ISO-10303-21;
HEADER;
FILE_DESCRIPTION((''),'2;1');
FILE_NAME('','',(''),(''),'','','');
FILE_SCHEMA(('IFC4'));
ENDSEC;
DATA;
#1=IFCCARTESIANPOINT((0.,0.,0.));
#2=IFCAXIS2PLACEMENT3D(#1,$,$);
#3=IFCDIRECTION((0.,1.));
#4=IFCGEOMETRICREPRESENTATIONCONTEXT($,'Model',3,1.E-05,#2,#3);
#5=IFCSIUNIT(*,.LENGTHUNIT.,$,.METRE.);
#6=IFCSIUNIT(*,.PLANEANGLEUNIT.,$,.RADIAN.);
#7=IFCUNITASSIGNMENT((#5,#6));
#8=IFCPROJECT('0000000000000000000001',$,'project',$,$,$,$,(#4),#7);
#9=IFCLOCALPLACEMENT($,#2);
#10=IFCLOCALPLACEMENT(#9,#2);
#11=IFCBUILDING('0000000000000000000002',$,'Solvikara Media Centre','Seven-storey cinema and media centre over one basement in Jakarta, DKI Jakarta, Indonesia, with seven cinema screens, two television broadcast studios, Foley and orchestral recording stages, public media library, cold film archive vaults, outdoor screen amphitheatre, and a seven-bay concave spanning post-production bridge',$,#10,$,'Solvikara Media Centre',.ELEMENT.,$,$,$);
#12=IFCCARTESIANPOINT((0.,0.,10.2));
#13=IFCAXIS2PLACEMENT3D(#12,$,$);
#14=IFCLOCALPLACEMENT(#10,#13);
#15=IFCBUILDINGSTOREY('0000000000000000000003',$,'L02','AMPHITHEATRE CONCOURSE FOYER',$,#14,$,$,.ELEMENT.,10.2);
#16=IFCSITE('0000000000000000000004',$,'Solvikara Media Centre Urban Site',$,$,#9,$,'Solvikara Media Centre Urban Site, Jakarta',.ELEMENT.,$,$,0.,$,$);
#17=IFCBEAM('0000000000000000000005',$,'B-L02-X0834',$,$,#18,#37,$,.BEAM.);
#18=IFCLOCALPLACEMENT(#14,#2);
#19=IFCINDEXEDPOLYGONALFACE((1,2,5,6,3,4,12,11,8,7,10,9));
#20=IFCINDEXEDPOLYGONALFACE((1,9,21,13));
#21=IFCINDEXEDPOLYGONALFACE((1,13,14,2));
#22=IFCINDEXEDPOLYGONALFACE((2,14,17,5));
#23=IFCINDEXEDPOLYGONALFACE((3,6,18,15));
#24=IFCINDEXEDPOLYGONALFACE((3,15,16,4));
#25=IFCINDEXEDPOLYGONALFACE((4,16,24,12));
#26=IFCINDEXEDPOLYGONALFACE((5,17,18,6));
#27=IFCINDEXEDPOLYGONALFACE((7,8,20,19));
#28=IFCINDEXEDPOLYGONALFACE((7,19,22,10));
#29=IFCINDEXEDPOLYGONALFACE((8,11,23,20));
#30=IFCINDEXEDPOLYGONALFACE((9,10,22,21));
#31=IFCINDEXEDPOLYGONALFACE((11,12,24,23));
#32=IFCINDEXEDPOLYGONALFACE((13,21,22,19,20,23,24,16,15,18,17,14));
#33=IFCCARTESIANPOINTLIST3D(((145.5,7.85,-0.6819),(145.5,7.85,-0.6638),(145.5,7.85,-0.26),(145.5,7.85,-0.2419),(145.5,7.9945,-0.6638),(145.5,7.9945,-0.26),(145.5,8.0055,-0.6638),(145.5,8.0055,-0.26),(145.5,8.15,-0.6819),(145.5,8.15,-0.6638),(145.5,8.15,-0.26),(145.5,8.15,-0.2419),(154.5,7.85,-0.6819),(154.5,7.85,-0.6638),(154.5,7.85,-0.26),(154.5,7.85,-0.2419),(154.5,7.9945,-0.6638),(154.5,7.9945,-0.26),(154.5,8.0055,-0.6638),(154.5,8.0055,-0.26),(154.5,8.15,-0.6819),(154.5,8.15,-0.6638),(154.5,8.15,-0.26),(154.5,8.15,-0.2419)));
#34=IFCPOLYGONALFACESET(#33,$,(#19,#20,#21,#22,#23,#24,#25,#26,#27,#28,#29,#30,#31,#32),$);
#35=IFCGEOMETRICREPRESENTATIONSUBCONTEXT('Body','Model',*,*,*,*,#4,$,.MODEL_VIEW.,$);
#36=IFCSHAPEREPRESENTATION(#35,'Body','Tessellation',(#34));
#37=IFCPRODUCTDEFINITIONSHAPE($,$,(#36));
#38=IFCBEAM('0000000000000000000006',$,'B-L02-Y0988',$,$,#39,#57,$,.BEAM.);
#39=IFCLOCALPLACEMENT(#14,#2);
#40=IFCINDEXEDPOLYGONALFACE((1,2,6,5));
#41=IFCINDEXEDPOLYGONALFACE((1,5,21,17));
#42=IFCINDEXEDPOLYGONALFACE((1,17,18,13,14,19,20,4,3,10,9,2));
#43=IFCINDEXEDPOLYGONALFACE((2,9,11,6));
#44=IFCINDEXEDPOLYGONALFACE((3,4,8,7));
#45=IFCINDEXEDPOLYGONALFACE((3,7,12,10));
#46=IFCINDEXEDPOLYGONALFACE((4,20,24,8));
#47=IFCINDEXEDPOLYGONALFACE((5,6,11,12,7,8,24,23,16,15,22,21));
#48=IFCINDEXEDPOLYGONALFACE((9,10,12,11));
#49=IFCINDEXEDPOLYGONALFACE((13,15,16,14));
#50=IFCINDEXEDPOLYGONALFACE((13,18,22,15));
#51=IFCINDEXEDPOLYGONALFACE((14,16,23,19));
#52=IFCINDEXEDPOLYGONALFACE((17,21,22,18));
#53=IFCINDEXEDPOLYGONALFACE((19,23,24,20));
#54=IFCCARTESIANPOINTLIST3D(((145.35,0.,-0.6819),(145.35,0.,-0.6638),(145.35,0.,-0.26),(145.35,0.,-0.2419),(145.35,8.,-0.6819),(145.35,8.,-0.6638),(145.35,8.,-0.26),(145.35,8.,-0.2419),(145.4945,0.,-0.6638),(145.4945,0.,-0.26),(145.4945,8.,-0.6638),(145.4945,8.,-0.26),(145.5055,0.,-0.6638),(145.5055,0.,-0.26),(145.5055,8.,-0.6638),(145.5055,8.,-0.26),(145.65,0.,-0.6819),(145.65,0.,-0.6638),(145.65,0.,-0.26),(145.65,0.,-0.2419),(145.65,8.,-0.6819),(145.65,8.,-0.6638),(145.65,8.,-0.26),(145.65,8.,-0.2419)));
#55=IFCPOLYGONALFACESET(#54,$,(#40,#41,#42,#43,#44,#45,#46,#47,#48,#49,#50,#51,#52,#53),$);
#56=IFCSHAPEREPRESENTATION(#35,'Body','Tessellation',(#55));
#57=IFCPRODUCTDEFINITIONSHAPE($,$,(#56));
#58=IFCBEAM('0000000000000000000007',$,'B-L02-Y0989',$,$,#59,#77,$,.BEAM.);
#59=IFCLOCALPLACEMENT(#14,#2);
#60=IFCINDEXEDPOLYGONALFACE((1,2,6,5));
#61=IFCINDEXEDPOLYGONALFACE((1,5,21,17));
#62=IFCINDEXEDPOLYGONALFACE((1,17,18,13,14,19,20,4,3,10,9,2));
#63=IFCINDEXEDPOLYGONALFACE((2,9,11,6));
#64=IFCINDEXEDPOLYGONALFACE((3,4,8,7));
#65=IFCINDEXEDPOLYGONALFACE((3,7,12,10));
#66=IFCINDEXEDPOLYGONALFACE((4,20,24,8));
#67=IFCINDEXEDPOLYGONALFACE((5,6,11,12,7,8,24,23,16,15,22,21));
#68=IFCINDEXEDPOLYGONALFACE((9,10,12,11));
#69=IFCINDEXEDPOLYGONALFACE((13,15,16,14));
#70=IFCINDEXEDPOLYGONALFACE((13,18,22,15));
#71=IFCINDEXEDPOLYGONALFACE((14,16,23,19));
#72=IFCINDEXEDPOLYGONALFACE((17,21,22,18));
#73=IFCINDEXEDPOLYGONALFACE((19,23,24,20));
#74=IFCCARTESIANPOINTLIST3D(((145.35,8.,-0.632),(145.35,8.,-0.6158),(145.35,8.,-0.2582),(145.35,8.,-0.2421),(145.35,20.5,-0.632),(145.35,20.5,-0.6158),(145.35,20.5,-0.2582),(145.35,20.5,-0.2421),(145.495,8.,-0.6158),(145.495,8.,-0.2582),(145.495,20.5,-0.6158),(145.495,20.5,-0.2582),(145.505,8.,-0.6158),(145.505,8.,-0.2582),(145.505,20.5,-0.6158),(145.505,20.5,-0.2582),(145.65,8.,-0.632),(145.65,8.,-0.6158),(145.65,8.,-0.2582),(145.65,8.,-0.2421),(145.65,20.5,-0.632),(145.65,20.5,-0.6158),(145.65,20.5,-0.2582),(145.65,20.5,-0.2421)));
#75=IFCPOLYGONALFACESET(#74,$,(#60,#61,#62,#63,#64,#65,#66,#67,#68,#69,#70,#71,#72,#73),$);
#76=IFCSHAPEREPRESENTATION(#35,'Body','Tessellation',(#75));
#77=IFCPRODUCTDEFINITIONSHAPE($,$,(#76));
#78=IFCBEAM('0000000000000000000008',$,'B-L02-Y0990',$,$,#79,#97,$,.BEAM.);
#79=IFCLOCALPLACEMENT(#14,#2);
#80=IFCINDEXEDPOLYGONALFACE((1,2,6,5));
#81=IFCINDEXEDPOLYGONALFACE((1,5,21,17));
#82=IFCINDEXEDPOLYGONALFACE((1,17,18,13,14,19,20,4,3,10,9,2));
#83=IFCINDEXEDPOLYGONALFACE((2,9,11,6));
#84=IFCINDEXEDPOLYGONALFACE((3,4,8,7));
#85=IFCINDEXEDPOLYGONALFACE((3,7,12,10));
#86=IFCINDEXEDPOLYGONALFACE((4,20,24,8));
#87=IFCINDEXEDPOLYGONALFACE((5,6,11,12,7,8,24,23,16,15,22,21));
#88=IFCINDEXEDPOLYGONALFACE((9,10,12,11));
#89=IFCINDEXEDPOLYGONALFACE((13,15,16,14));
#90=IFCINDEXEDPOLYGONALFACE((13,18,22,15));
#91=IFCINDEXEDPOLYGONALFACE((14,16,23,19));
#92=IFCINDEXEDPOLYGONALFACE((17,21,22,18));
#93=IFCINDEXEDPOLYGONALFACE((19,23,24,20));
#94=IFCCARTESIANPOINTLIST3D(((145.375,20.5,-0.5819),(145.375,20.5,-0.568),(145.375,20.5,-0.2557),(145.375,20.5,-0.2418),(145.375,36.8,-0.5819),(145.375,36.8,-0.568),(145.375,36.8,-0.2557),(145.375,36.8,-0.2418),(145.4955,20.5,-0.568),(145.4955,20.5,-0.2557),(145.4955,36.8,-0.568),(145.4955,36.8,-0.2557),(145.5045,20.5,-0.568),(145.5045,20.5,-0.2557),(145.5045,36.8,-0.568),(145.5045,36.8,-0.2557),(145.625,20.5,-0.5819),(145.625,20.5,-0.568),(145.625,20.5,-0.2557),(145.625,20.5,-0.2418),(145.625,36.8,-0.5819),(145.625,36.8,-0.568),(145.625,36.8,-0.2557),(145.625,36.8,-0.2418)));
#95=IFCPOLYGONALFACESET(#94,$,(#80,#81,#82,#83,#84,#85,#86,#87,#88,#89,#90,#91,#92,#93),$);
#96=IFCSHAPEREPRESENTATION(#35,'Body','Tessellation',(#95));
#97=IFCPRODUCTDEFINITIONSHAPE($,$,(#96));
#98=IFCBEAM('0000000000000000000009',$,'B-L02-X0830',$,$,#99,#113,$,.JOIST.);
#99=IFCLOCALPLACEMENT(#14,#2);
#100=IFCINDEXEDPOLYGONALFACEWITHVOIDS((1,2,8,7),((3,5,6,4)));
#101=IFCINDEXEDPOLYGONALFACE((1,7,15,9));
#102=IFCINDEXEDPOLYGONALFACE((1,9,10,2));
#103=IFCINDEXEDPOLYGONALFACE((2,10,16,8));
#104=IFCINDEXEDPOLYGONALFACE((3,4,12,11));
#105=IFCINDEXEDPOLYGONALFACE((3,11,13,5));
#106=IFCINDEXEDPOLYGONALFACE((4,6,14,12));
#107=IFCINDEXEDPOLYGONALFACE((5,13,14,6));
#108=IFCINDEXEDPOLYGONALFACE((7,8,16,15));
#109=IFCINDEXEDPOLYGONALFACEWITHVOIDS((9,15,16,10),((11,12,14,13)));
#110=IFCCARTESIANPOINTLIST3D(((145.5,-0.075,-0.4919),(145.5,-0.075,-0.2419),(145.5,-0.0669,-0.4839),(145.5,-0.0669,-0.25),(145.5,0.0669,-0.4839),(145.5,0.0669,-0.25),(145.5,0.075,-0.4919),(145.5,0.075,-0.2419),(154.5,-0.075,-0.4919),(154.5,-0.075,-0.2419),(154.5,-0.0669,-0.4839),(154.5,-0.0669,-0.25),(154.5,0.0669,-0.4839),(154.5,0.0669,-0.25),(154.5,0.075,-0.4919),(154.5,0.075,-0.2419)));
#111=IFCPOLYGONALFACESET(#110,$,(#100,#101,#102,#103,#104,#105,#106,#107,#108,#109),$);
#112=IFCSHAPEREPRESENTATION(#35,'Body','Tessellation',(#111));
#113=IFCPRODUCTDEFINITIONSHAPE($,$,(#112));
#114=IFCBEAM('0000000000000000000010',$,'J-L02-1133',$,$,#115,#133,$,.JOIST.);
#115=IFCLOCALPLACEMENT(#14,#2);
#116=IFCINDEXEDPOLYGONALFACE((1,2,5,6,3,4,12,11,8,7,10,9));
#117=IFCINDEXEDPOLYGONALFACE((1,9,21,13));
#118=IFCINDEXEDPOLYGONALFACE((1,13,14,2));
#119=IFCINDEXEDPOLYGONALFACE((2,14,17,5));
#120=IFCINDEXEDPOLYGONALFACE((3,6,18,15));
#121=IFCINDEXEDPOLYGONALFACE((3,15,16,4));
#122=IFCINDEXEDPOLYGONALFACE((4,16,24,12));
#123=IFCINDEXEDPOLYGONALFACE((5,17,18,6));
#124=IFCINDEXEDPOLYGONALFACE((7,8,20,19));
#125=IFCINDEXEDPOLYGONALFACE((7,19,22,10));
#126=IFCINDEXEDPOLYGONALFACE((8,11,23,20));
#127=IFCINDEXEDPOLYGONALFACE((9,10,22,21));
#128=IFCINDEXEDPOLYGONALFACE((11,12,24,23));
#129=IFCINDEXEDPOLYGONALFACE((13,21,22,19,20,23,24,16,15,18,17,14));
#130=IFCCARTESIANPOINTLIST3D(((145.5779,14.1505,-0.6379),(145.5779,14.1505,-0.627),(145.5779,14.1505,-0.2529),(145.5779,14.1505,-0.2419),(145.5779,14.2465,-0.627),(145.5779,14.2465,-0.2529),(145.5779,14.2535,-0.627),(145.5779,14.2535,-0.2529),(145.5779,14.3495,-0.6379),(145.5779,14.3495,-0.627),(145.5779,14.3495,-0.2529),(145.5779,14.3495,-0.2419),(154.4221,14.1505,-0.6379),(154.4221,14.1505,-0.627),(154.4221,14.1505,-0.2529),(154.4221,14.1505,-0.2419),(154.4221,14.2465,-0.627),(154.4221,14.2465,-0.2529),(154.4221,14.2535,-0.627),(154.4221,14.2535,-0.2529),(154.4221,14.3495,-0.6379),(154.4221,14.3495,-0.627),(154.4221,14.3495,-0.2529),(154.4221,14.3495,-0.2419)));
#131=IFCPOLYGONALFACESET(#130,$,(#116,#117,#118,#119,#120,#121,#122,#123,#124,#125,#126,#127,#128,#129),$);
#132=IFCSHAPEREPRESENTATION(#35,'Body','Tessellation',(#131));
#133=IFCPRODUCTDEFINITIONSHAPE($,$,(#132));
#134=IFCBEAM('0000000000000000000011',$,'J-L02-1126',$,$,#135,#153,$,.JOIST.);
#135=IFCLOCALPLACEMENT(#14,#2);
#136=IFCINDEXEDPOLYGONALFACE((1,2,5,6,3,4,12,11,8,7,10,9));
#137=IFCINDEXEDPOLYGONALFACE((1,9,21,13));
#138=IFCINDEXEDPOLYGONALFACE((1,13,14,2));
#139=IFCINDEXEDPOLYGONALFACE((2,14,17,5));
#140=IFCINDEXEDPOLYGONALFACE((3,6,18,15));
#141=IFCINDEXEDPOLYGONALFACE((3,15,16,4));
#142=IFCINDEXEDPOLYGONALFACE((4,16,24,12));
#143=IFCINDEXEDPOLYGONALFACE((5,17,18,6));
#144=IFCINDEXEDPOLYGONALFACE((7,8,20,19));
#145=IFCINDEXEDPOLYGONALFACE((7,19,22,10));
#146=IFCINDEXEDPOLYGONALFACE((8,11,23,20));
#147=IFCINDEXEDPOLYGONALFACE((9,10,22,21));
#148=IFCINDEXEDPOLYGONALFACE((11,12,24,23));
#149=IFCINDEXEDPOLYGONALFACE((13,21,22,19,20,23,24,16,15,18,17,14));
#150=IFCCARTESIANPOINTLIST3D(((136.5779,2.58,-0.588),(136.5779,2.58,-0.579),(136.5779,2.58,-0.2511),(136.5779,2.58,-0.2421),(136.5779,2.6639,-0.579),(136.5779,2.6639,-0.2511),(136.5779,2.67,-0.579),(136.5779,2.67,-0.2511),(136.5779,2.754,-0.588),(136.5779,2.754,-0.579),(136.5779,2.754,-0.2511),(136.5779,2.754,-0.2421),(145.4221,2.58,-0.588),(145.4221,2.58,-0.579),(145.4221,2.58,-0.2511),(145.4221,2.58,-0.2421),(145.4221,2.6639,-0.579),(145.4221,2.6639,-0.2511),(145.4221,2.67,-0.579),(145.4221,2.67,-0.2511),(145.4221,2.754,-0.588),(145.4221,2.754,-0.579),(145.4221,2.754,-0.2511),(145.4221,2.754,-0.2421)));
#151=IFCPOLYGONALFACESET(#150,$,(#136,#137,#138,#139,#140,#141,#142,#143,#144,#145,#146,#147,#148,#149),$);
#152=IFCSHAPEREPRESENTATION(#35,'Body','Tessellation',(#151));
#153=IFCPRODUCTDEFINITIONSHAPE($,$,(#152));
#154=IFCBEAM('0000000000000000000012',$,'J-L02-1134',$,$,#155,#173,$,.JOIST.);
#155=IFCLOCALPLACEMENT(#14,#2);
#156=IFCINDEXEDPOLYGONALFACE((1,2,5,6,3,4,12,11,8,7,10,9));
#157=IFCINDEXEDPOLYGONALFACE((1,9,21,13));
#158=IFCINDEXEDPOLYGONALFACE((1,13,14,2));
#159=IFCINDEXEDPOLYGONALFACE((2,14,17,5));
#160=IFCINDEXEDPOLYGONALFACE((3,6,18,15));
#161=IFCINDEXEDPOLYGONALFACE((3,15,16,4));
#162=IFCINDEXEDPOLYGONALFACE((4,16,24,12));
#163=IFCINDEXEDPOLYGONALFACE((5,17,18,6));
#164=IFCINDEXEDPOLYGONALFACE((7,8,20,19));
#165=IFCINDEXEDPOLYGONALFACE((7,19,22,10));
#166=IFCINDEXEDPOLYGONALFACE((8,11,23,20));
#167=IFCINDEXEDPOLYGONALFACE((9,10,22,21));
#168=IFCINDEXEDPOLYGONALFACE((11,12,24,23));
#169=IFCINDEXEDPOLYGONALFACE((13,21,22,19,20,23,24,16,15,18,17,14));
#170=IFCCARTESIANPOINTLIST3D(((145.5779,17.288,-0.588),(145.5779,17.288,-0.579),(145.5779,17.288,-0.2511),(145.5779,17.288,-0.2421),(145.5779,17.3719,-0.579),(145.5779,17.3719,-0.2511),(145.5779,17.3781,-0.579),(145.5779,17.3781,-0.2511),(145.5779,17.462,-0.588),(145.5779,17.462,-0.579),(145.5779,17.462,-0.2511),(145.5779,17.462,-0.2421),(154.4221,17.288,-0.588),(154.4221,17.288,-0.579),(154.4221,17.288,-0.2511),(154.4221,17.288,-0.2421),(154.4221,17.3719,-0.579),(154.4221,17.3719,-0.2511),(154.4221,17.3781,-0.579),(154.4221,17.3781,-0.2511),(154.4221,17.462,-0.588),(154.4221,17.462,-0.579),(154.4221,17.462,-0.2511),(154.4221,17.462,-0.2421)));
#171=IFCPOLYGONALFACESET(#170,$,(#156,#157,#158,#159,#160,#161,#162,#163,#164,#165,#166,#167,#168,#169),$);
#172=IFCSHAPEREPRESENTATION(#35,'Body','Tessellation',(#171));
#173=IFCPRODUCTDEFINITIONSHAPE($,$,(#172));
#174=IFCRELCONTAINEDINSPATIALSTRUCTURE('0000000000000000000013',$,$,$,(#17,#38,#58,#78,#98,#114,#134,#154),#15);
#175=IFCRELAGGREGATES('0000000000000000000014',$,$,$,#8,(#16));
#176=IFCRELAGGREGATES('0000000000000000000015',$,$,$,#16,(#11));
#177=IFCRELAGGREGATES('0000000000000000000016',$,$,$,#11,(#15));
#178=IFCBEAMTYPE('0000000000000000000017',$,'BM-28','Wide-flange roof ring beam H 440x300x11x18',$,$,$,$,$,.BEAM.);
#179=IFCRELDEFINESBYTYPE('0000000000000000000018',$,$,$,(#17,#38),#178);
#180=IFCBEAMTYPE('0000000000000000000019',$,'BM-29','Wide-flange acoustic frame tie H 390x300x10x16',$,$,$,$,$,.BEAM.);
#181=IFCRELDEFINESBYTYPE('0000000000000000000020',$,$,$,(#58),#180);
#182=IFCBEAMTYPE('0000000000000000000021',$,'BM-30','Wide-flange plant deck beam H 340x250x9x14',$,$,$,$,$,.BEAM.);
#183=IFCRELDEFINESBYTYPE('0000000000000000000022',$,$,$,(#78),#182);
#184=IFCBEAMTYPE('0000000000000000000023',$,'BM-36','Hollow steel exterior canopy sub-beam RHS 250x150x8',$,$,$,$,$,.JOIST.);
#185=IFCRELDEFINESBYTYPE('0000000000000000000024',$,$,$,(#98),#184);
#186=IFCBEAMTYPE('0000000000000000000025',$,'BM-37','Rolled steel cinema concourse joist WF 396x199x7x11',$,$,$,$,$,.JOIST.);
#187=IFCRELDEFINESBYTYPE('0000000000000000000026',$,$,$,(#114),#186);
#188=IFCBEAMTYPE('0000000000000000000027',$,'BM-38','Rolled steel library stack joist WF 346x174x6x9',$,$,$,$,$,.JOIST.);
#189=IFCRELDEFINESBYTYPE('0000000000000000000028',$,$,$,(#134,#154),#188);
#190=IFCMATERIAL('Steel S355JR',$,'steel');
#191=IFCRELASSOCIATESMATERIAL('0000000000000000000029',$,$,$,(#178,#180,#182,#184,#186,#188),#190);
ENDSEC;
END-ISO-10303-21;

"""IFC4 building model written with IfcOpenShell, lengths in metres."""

from ifc_helpers import new_model, si_unit, direction, frame, origin, origin_2d, place, context, subcontext, project, spatial, hollow_rectangle, i_section, extrude, material, material_profile, profile_set, type_object, element, save


model = new_model("IFC4")

# Units and contexts
model_context = context("Model", 3, precision=1e-05, world=origin(), true_north=direction((0.0, 1.0)))
body_context = subcontext(model_context, "Body", "Model", "MODEL_VIEW")
ifc_project = project(units=[si_unit("LENGTHUNIT", "METRE"), si_unit("PLANEANGLEUNIT", "RADIAN")], contexts=[model_context])

# Site, building, storey
site_placement = place(None, origin())
site = spatial("IfcSite", under=ifc_project, at=site_placement, Name="Solvikara Media Centre Urban Site", LongName="Solvikara Media Centre Urban Site, Jakarta", CompositionType="ELEMENT", RefElevation=0.0)
building_placement = place(site_placement, origin())
building = spatial("IfcBuilding", under=site, at=building_placement, Name="Solvikara Media Centre", Description="Seven-storey cinema and media centre over one basement in Jakarta, DKI Jakarta, Indonesia, with seven cinema screens, two television broadcast studios, Foley and orchestral recording stages, public media library, cold film archive vaults, outdoor screen amphitheatre, and a seven-bay concave spanning post-production bridge", LongName="Solvikara Media Centre", CompositionType="ELEMENT")
storey_placement = place(building_placement, frame((0.0, 0.0, 10.2)))
storey = spatial("IfcBuildingStorey", under=building, at=storey_placement, Name="L02", Description="AMPHITHEATRE CONCOURSE FOYER", CompositionType="ELEMENT", Elevation=10.2)

# Shared definitions
ifc_material_1 = material(Name="Steel S355JR", Category="steel")

# Beams
ifc_material_profile_1 = material_profile(ifc_material_1, i_section(OverallWidth=0.3, OverallDepth=0.4399, WebThickness=0.011, FlangeThickness=0.0181, at=origin_2d()), Name="H 440x300x11x18")
ifc_profile_set_1 = profile_set([ifc_material_profile_1], Name="Steel S355JR")
beam_type_1 = type_object("IfcBeamType", Name="BM-28", Description="Wide-flange roof ring beam H 440x300x11x18", PredefinedType="BEAM", material=ifc_profile_set_1)
beam_1_placement = place(storey_placement, frame((145.5, 8.0, -0.4619), z_axis=(1.0, 0.0, 0.0), x_axis=(0.0, 1.0, 0.0)))
element("IfcBeam", 1, at=beam_1_placement, inside=storey, type_object=beam_type_1, Name="B-L02-X0834", PredefinedType="BEAM", context=body_context, shape_type="SweptSolid", body=[
    extrude(i_section(OverallWidth=0.3, OverallDepth=0.4399, WebThickness=0.011, FlangeThickness=0.0181, at=origin_2d()), origin(), (0.0, 0.0, 1.0), 9.0),
])
beam_2_placement = place(storey_placement, frame((145.5, 0.0, -0.4619), z_axis=(0.0, 1.0, 0.0), x_axis=(-1.0, 0.0, 0.0)))
element("IfcBeam", 2, at=beam_2_placement, inside=storey, type_object=beam_type_1, Name="B-L02-Y0988", PredefinedType="BEAM", context=body_context, shape_type="SweptSolid", body=[
    extrude(i_section(OverallWidth=0.3, OverallDepth=0.4399, WebThickness=0.011, FlangeThickness=0.0181, at=origin_2d()), origin(), (0.0, 0.0, 1.0), 8.0),
])
ifc_material_profile_2 = material_profile(ifc_material_1, i_section(OverallWidth=0.3, OverallDepth=0.3899, WebThickness=0.01, FlangeThickness=0.0161, at=origin_2d()), Name="H 390x300x10x16")
ifc_profile_set_2 = profile_set([ifc_material_profile_2], Name="Steel S355JR")
beam_type_2 = type_object("IfcBeamType", Name="BM-29", Description="Wide-flange acoustic frame tie H 390x300x10x16", PredefinedType="BEAM", material=ifc_profile_set_2)
beam_3_placement = place(storey_placement, frame((145.5, 8.0, -0.437), z_axis=(0.0, 1.0, 0.0), x_axis=(-1.0, 0.0, 0.0)))
element("IfcBeam", 3, at=beam_3_placement, inside=storey, type_object=beam_type_2, Name="B-L02-Y0989", PredefinedType="BEAM", context=body_context, shape_type="SweptSolid", body=[
    extrude(i_section(OverallWidth=0.3, OverallDepth=0.3899, WebThickness=0.01, FlangeThickness=0.0161, at=origin_2d()), origin(), (0.0, 0.0, 1.0), 12.5),
])
ifc_material_profile_3 = material_profile(ifc_material_1, i_section(OverallWidth=0.25, OverallDepth=0.3401, WebThickness=0.009, FlangeThickness=0.0139, at=origin_2d()), Name="H 340x250x9x14")
ifc_profile_set_3 = profile_set([ifc_material_profile_3], Name="Steel S355JR")
beam_type_3 = type_object("IfcBeamType", Name="BM-30", Description="Wide-flange plant deck beam H 340x250x9x14", PredefinedType="BEAM", material=ifc_profile_set_3)
beam_4_placement = place(storey_placement, frame((145.5, 20.5, -0.4119), z_axis=(0.0, 1.0, 0.0), x_axis=(-1.0, 0.0, 0.0)))
element("IfcBeam", 4, at=beam_4_placement, inside=storey, type_object=beam_type_3, Name="B-L02-Y0990", PredefinedType="BEAM", context=body_context, shape_type="SweptSolid", body=[
    extrude(i_section(OverallWidth=0.25, OverallDepth=0.3401, WebThickness=0.009, FlangeThickness=0.0139, at=origin_2d()), origin(), (0.0, 0.0, 1.0), 16.3),
])
ifc_material_profile_4 = material_profile(ifc_material_1, hollow_rectangle(XDim=0.1499, YDim=0.25, WallThickness=0.0081, at=origin_2d()), Name="RHS 250x150x8")
ifc_profile_set_4 = profile_set([ifc_material_profile_4], Name="Steel S355JR")
beam_type_4 = type_object("IfcBeamType", Name="BM-36", Description="Hollow steel exterior canopy sub-beam RHS 250x150x8", PredefinedType="JOIST", material=ifc_profile_set_4)
beam_5_placement = place(storey_placement, frame((145.5, 0.0, -0.3669), z_axis=(1.0, 0.0, 0.0), x_axis=(0.0, 1.0, 0.0)))
element("IfcBeam", 5, at=beam_5_placement, inside=storey, type_object=beam_type_4, Name="B-L02-X0830", PredefinedType="JOIST", context=body_context, shape_type="SweptSolid", body=[
    extrude(hollow_rectangle(XDim=0.1499, YDim=0.25, WallThickness=0.0081, at=origin_2d()), origin(), (0.0, 0.0, 1.0), 9.0),
])
ifc_material_profile_5 = material_profile(ifc_material_1, i_section(OverallWidth=0.199, OverallDepth=0.396, WebThickness=0.0071, FlangeThickness=0.011, at=origin_2d()), Name="WF 396x199x7x11")
ifc_profile_set_5 = profile_set([ifc_material_profile_5], Name="Steel S355JR")
beam_type_5 = type_object("IfcBeamType", Name="BM-37", Description="Rolled steel cinema concourse joist WF 396x199x7x11", PredefinedType="JOIST", material=ifc_profile_set_5)
beam_6_placement = place(storey_placement, frame((145.5779, 14.25, -0.4399), z_axis=(1.0, 0.0, 0.0), x_axis=(0.0, 1.0, 0.0)))
element("IfcBeam", 6, at=beam_6_placement, inside=storey, type_object=beam_type_5, Name="J-L02-1133", PredefinedType="JOIST", context=body_context, shape_type="SweptSolid", body=[
    extrude(i_section(OverallWidth=0.199, OverallDepth=0.396, WebThickness=0.0071, FlangeThickness=0.011, at=origin_2d()), origin(), (0.0, 0.0, 1.0), 8.8442),
])
ifc_material_profile_6 = material_profile(ifc_material_1, i_section(OverallWidth=0.1741, OverallDepth=0.3459, WebThickness=0.0061, FlangeThickness=0.009, at=origin_2d()), Name="WF 346x174x6x9")
ifc_profile_set_6 = profile_set([ifc_material_profile_6], Name="Steel S355JR")
beam_type_6 = type_object("IfcBeamType", Name="BM-38", Description="Rolled steel library stack joist WF 346x174x6x9", PredefinedType="JOIST", material=ifc_profile_set_6)
for number, where, z_axis, x_axis, name in (
    (7, (136.5779, 2.667, -0.415), (1.0, 0.0, 0.0), (0.0, 1.0, 0.0), "J-L02-1126"),
    (8, (145.5779, 17.375, -0.415), (1.0, 0.0, 0.0), (0.0, 1.0, 0.0), "J-L02-1134"),
):
    element("IfcBeam", number, at=place(storey_placement, frame(where, z_axis=z_axis, x_axis=x_axis)), inside=storey, type_object=beam_type_6, Name=name, PredefinedType="JOIST", context=body_context, shape_type="SweptSolid", body=[
        extrude(i_section(OverallWidth=0.1741, OverallDepth=0.3459, WebThickness=0.0061, FlangeThickness=0.009, at=origin_2d()), origin(), (0.0, 0.0, 1.0), 8.8442),
    ])

save(model, "model.ifc")
